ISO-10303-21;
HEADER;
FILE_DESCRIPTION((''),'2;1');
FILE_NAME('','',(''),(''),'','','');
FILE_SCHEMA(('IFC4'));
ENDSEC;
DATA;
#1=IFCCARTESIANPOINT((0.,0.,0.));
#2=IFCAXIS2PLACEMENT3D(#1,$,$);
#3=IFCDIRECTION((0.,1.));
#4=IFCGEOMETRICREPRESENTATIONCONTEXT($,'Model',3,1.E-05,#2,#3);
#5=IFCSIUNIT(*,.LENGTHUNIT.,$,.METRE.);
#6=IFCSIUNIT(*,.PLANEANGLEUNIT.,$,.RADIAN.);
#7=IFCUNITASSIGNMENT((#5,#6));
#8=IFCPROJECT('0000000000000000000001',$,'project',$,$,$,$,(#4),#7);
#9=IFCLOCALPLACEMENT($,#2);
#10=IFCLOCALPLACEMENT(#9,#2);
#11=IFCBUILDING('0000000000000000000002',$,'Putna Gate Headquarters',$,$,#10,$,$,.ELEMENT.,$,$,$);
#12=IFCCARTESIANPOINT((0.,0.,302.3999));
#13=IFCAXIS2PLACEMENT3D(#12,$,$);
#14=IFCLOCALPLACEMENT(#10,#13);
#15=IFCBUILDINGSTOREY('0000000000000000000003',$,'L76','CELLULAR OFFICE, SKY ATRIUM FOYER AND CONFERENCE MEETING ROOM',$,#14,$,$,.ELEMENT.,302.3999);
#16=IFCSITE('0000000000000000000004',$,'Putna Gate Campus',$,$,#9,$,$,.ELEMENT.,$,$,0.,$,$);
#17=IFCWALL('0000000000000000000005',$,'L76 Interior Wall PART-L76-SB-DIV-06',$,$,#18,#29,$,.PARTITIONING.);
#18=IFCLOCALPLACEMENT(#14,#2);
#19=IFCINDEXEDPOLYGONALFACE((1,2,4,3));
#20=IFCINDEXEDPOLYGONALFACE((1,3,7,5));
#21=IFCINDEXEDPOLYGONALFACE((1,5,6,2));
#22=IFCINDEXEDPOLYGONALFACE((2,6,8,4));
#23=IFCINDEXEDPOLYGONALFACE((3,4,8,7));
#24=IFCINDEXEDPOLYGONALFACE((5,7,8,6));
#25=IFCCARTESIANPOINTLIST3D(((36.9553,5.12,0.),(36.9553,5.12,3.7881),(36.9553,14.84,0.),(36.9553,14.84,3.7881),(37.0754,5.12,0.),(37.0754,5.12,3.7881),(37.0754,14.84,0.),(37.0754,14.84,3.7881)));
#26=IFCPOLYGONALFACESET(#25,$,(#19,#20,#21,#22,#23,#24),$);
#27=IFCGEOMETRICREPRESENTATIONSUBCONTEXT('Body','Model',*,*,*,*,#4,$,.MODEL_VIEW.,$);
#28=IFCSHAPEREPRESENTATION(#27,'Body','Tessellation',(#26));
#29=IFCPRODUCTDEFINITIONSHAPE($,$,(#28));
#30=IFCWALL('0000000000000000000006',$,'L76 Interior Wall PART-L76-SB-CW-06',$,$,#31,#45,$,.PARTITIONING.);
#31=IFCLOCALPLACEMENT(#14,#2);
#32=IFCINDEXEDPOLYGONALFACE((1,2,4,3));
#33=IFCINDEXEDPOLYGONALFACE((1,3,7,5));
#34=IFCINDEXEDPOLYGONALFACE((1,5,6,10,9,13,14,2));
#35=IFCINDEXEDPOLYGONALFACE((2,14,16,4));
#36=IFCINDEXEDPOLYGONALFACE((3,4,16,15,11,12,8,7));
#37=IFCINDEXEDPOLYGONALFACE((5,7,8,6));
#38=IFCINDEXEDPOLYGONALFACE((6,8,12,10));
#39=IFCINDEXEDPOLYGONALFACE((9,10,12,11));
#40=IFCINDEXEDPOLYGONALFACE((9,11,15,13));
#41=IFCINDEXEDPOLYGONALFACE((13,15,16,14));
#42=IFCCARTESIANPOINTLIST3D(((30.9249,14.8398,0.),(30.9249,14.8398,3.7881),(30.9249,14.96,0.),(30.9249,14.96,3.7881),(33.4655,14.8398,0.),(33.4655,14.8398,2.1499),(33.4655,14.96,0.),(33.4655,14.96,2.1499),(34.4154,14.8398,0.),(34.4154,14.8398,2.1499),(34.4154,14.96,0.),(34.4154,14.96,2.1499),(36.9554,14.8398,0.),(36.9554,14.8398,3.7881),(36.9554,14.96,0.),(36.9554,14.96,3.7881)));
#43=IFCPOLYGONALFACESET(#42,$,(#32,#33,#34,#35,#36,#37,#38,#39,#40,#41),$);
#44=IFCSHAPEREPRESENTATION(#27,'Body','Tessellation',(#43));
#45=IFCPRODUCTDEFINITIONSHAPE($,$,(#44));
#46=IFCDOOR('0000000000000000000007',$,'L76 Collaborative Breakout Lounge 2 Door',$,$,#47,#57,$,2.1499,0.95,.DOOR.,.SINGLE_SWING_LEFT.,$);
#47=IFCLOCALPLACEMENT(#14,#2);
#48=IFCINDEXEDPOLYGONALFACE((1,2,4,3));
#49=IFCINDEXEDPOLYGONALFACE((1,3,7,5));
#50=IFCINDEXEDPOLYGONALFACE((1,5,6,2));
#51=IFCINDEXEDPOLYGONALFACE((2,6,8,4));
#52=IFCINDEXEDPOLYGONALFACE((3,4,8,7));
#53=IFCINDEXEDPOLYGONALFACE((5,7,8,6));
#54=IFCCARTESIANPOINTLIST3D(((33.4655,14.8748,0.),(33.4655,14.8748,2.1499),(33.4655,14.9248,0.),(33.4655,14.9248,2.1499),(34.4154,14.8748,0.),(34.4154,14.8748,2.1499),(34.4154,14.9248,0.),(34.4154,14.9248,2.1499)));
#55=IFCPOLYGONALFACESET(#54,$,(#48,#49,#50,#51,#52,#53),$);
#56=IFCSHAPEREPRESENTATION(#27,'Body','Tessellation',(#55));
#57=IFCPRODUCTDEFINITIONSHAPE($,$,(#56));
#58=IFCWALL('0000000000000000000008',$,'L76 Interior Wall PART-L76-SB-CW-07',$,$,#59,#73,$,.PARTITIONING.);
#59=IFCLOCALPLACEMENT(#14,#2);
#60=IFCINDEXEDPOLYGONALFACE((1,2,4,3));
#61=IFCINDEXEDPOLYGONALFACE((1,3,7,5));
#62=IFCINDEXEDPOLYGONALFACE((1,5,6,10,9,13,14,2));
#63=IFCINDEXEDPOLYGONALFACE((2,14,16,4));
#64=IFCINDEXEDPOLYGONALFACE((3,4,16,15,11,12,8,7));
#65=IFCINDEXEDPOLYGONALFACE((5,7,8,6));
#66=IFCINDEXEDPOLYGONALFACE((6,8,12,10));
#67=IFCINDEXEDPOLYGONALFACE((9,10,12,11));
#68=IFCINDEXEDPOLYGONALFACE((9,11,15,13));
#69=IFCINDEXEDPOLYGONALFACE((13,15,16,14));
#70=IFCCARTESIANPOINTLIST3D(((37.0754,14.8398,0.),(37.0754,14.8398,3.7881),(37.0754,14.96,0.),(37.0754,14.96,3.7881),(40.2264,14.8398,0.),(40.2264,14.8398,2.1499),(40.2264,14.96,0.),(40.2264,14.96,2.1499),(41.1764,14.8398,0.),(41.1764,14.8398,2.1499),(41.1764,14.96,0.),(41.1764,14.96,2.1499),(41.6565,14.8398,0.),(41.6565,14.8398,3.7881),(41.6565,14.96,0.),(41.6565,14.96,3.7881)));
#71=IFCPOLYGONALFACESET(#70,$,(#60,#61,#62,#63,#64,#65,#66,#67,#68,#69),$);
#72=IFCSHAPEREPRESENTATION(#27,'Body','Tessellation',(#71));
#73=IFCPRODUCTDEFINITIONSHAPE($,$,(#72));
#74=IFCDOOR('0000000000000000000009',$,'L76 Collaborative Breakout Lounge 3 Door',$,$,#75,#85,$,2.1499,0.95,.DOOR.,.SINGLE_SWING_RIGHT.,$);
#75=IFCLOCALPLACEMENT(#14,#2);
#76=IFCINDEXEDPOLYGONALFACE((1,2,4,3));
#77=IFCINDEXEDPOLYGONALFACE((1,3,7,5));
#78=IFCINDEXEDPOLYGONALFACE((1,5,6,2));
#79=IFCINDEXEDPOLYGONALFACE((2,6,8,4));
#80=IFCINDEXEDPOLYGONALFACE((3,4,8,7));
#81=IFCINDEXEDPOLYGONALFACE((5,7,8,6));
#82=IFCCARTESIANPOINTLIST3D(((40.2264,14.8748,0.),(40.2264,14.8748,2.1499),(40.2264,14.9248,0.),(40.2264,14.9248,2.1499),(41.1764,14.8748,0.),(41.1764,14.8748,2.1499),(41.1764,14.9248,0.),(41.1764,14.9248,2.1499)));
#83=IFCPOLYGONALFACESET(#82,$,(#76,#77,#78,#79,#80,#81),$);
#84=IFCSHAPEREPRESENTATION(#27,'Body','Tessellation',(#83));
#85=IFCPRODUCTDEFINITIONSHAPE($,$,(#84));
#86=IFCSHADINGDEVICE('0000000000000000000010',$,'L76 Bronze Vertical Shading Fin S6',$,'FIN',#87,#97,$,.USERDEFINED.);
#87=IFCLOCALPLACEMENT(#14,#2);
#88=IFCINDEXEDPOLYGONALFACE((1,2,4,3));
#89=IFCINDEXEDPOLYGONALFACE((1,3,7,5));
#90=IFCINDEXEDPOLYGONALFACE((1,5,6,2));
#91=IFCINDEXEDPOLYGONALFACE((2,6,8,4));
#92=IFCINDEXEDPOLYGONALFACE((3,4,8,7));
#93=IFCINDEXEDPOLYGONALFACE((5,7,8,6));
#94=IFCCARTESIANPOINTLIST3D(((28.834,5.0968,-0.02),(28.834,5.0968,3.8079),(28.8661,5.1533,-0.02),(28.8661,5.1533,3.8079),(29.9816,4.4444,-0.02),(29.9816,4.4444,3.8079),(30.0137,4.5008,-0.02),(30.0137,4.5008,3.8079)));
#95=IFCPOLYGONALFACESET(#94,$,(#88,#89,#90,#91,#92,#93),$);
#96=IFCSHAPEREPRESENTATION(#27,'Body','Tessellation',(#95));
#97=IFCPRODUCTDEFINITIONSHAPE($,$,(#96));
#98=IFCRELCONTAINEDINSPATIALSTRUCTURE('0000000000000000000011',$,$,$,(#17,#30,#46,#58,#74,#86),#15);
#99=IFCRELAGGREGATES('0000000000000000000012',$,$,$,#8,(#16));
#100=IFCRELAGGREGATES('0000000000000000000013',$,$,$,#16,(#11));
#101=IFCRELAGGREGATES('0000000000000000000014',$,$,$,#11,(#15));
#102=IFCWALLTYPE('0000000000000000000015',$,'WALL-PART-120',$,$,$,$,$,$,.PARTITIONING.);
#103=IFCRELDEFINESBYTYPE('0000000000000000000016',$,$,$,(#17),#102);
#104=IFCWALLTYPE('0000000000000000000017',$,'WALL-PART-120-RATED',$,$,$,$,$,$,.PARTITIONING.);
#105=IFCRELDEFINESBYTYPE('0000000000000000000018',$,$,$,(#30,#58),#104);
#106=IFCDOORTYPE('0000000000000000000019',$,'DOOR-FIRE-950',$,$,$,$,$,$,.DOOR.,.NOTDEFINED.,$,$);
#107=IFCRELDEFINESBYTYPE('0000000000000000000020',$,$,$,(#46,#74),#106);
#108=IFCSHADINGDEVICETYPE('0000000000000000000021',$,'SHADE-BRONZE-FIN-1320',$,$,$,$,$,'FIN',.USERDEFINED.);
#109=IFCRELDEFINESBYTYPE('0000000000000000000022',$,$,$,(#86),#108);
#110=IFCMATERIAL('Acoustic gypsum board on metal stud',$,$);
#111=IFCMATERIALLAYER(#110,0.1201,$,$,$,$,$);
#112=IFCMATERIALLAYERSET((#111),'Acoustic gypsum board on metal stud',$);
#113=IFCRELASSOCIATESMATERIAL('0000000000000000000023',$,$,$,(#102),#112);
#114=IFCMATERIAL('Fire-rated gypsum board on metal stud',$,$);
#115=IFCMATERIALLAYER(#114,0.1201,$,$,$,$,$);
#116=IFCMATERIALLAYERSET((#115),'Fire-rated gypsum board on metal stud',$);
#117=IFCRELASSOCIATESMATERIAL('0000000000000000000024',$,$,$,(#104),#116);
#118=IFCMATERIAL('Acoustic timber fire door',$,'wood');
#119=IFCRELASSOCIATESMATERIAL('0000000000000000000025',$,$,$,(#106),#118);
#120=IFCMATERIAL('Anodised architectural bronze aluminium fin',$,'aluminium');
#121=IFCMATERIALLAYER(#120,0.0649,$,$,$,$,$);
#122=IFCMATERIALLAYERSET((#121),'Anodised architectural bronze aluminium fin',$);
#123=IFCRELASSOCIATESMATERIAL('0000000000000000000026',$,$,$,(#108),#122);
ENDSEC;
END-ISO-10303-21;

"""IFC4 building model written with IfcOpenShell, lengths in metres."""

from ifc_helpers import new_model, si_unit, direction, frame, frame_2d, origin, origin_2d, place, context, subcontext, project, spatial, rectangle, extrude, material, layer, layer_set, type_object, element, fill, save


model = new_model("IFC4")

# Units and contexts
model_context = context("Model", 3, precision=1e-05, world=origin(), true_north=direction((0.0, 1.0)))
body_context = subcontext(model_context, "Body", "Model", "MODEL_VIEW")
ifc_project = project(units=[si_unit("LENGTHUNIT", "METRE"), si_unit("PLANEANGLEUNIT", "RADIAN")], contexts=[model_context])

# Site, building, storey
site_placement = place(None, origin())
site = spatial("IfcSite", under=ifc_project, at=site_placement, Name="Putna Gate Campus", CompositionType="ELEMENT", RefElevation=0.0)
building_placement = place(site_placement, origin())
building = spatial("IfcBuilding", under=site, at=building_placement, Name="Putna Gate Headquarters", CompositionType="ELEMENT")
storey_placement = place(building_placement, frame((0.0, 0.0, 302.3999)))
storey = spatial("IfcBuildingStorey", under=building, at=storey_placement, Name="L76", Description="CELLULAR OFFICE, SKY ATRIUM FOYER AND CONFERENCE MEETING ROOM", CompositionType="ELEMENT", Elevation=302.3999)

# Wall
ifc_material_1 = material(Name="Acoustic gypsum board on metal stud")
ifc_layer_1 = layer(ifc_material_1, 0.1201)
ifc_layer_set_1 = layer_set([ifc_layer_1], Name="Acoustic gypsum board on metal stud")
wall_type_1 = type_object("IfcWallType", Name="WALL-PART-120", PredefinedType="PARTITIONING", material=ifc_layer_set_1)
for number, where, z_axis, x_axis, name in (
    (1, (37.0154, 5.1201, 0.0), (0.0, 0.0, 1.0), (0.0, 1.0, 0.0), "L76 Interior Wall PART-L76-SB-DIV-06"),
):
    element("IfcWall", number, at=place(storey_placement, frame(where, z_axis=z_axis, x_axis=x_axis)), inside=storey, type_object=wall_type_1, Name=name, PredefinedType="PARTITIONING", context=body_context, shape_type="SweptSolid", body=[
        extrude(rectangle(XDim=9.72, YDim=0.1201, at=frame_2d((4.8599, 0.0))), origin(), (0.0, 0.0, 1.0), 3.7881),
    ])

# Walls, openings, doors
ifc_material_2 = material(Name="Fire-rated gypsum board on metal stud")
ifc_layer_2 = layer(ifc_material_2, 0.1201)
ifc_layer_set_2 = layer_set([ifc_layer_2], Name="Fire-rated gypsum board on metal stud")
wall_type_2 = type_object("IfcWallType", Name="WALL-PART-120-RATED", PredefinedType="PARTITIONING", material=ifc_layer_set_2)
wall_1_placement = place(storey_placement, frame((30.925, 14.8999, 0.0), z_axis=(0.0, 0.0, 1.0), x_axis=(1.0, 0.0, 0.0)))
wall_1 = element("IfcWall", 2, at=wall_1_placement, inside=storey, type_object=wall_type_2, Name="L76 Interior Wall PART-L76-SB-CW-06", PredefinedType="PARTITIONING", context=body_context, shape_type="SweptSolid", body=[
    extrude(rectangle(XDim=6.0305, YDim=0.1201, at=frame_2d((3.0151, 0.0))), origin(), (0.0, 0.0, 1.0), 3.7881),
])
opening_1_placement = place(wall_1_placement, frame((2.5403, 0.0, 0.0)))
opening_1 = element("IfcOpeningElement", 3, at=opening_1_placement, cuts=wall_1, PredefinedType="OPENING", context=body_context, shape_type="SweptSolid", body=[
    extrude(rectangle(XDim=0.95, YDim=2.1499, at=frame_2d((0.4751, 1.075))), frame((0.0, 0.0701, 0.0), z_axis=(0.0, -1.0, 0.0), x_axis=(1.0, 0.0, 0.0)), (0.0, 0.0, 1.0), 0.1401),
])
ifc_material_3 = material(Name="Acoustic timber fire door", Category="wood")
door_type = type_object("IfcDoorType", Name="DOOR-FIRE-950", OperationType="NOTDEFINED", PredefinedType="DOOR", material=ifc_material_3)
door_1_placement = place(opening_1_placement, origin())
door_1 = element("IfcDoor", 4, at=door_1_placement, inside=storey, type_object=door_type, Name="L76 Collaborative Breakout Lounge 2 Door", OperationType="SINGLE_SWING_LEFT", OverallHeight=2.1499, OverallWidth=0.95, PredefinedType="DOOR", context=body_context, shape_type="SweptSolid", body=[
    extrude(rectangle(XDim=0.95, YDim=2.1499, at=frame_2d((0.4751, 1.075))), frame((0.0, 0.0249, 0.0), z_axis=(0.0, -1.0, 0.0), x_axis=(1.0, 0.0, 0.0)), (0.0, 0.0, 1.0), 0.05),
])
fill(opening_1, door_1)
wall_2_placement = place(storey_placement, frame((37.0754, 14.8999, 0.0), z_axis=(0.0, 0.0, 1.0), x_axis=(1.0, 0.0, 0.0)))
wall_2 = element("IfcWall", 5, at=wall_2_placement, inside=storey, type_object=wall_type_2, Name="L76 Interior Wall PART-L76-SB-CW-07", PredefinedType="PARTITIONING", context=body_context, shape_type="SweptSolid", body=[
    extrude(rectangle(XDim=4.5811, YDim=0.1201, at=frame_2d((2.2905, 0.0))), origin(), (0.0, 0.0, 1.0), 3.7881),
])
opening_2_placement = place(wall_2_placement, frame((3.1509, 0.0, 0.0)))
opening_2 = element("IfcOpeningElement", 6, at=opening_2_placement, cuts=wall_2, PredefinedType="OPENING", context=body_context, shape_type="SweptSolid", body=[
    extrude(rectangle(XDim=0.95, YDim=2.1499, at=frame_2d((0.4751, 1.075))), frame((0.0, 0.0701, 0.0), z_axis=(0.0, -1.0, 0.0), x_axis=(1.0, 0.0, 0.0)), (0.0, 0.0, 1.0), 0.1401),
])
door_2_placement = place(opening_2_placement, origin())
door_2 = element("IfcDoor", 7, at=door_2_placement, inside=storey, type_object=door_type, Name="L76 Collaborative Breakout Lounge 3 Door", OperationType="SINGLE_SWING_RIGHT", OverallHeight=2.1499, OverallWidth=0.95, PredefinedType="DOOR", context=body_context, shape_type="SweptSolid", body=[
    extrude(rectangle(XDim=0.95, YDim=2.1499, at=frame_2d((0.4751, 1.075))), frame((0.0, 0.0249, 0.0), z_axis=(0.0, -1.0, 0.0), x_axis=(1.0, 0.0, 0.0)), (0.0, 0.0, 1.0), 0.05),
])
fill(opening_2, door_2)

# Shading device
ifc_material_4 = material(Name="Anodised architectural bronze aluminium fin", Category="aluminium")
ifc_layer_3 = layer(ifc_material_4, 0.0649)
ifc_layer_set_3 = layer_set([ifc_layer_3], Name="Anodised architectural bronze aluminium fin")
shading_device_type = type_object("IfcShadingDeviceType", Name="SHADE-BRONZE-FIN-1320", ElementType="FIN", PredefinedType="USERDEFINED", material=ifc_layer_set_3)
shading_device_placement = place(storey_placement, frame((29.4238, 4.7988, -0.02), z_axis=(0.0, 0.0, 1.0), x_axis=(0.869322, -0.494245, 0.0)))
element("IfcShadingDevice", 8, at=shading_device_placement, inside=storey, type_object=shading_device_type, Name="L76 Bronze Vertical Shading Fin S6", ObjectType="FIN", PredefinedType="USERDEFINED", context=body_context, shape_type="SweptSolid", body=[
    extrude(rectangle(XDim=1.3201, YDim=0.0649, at=origin_2d()), origin(), (0.0, 0.0, 1.0), 3.8279),
])

save(model, "model.ifc")
